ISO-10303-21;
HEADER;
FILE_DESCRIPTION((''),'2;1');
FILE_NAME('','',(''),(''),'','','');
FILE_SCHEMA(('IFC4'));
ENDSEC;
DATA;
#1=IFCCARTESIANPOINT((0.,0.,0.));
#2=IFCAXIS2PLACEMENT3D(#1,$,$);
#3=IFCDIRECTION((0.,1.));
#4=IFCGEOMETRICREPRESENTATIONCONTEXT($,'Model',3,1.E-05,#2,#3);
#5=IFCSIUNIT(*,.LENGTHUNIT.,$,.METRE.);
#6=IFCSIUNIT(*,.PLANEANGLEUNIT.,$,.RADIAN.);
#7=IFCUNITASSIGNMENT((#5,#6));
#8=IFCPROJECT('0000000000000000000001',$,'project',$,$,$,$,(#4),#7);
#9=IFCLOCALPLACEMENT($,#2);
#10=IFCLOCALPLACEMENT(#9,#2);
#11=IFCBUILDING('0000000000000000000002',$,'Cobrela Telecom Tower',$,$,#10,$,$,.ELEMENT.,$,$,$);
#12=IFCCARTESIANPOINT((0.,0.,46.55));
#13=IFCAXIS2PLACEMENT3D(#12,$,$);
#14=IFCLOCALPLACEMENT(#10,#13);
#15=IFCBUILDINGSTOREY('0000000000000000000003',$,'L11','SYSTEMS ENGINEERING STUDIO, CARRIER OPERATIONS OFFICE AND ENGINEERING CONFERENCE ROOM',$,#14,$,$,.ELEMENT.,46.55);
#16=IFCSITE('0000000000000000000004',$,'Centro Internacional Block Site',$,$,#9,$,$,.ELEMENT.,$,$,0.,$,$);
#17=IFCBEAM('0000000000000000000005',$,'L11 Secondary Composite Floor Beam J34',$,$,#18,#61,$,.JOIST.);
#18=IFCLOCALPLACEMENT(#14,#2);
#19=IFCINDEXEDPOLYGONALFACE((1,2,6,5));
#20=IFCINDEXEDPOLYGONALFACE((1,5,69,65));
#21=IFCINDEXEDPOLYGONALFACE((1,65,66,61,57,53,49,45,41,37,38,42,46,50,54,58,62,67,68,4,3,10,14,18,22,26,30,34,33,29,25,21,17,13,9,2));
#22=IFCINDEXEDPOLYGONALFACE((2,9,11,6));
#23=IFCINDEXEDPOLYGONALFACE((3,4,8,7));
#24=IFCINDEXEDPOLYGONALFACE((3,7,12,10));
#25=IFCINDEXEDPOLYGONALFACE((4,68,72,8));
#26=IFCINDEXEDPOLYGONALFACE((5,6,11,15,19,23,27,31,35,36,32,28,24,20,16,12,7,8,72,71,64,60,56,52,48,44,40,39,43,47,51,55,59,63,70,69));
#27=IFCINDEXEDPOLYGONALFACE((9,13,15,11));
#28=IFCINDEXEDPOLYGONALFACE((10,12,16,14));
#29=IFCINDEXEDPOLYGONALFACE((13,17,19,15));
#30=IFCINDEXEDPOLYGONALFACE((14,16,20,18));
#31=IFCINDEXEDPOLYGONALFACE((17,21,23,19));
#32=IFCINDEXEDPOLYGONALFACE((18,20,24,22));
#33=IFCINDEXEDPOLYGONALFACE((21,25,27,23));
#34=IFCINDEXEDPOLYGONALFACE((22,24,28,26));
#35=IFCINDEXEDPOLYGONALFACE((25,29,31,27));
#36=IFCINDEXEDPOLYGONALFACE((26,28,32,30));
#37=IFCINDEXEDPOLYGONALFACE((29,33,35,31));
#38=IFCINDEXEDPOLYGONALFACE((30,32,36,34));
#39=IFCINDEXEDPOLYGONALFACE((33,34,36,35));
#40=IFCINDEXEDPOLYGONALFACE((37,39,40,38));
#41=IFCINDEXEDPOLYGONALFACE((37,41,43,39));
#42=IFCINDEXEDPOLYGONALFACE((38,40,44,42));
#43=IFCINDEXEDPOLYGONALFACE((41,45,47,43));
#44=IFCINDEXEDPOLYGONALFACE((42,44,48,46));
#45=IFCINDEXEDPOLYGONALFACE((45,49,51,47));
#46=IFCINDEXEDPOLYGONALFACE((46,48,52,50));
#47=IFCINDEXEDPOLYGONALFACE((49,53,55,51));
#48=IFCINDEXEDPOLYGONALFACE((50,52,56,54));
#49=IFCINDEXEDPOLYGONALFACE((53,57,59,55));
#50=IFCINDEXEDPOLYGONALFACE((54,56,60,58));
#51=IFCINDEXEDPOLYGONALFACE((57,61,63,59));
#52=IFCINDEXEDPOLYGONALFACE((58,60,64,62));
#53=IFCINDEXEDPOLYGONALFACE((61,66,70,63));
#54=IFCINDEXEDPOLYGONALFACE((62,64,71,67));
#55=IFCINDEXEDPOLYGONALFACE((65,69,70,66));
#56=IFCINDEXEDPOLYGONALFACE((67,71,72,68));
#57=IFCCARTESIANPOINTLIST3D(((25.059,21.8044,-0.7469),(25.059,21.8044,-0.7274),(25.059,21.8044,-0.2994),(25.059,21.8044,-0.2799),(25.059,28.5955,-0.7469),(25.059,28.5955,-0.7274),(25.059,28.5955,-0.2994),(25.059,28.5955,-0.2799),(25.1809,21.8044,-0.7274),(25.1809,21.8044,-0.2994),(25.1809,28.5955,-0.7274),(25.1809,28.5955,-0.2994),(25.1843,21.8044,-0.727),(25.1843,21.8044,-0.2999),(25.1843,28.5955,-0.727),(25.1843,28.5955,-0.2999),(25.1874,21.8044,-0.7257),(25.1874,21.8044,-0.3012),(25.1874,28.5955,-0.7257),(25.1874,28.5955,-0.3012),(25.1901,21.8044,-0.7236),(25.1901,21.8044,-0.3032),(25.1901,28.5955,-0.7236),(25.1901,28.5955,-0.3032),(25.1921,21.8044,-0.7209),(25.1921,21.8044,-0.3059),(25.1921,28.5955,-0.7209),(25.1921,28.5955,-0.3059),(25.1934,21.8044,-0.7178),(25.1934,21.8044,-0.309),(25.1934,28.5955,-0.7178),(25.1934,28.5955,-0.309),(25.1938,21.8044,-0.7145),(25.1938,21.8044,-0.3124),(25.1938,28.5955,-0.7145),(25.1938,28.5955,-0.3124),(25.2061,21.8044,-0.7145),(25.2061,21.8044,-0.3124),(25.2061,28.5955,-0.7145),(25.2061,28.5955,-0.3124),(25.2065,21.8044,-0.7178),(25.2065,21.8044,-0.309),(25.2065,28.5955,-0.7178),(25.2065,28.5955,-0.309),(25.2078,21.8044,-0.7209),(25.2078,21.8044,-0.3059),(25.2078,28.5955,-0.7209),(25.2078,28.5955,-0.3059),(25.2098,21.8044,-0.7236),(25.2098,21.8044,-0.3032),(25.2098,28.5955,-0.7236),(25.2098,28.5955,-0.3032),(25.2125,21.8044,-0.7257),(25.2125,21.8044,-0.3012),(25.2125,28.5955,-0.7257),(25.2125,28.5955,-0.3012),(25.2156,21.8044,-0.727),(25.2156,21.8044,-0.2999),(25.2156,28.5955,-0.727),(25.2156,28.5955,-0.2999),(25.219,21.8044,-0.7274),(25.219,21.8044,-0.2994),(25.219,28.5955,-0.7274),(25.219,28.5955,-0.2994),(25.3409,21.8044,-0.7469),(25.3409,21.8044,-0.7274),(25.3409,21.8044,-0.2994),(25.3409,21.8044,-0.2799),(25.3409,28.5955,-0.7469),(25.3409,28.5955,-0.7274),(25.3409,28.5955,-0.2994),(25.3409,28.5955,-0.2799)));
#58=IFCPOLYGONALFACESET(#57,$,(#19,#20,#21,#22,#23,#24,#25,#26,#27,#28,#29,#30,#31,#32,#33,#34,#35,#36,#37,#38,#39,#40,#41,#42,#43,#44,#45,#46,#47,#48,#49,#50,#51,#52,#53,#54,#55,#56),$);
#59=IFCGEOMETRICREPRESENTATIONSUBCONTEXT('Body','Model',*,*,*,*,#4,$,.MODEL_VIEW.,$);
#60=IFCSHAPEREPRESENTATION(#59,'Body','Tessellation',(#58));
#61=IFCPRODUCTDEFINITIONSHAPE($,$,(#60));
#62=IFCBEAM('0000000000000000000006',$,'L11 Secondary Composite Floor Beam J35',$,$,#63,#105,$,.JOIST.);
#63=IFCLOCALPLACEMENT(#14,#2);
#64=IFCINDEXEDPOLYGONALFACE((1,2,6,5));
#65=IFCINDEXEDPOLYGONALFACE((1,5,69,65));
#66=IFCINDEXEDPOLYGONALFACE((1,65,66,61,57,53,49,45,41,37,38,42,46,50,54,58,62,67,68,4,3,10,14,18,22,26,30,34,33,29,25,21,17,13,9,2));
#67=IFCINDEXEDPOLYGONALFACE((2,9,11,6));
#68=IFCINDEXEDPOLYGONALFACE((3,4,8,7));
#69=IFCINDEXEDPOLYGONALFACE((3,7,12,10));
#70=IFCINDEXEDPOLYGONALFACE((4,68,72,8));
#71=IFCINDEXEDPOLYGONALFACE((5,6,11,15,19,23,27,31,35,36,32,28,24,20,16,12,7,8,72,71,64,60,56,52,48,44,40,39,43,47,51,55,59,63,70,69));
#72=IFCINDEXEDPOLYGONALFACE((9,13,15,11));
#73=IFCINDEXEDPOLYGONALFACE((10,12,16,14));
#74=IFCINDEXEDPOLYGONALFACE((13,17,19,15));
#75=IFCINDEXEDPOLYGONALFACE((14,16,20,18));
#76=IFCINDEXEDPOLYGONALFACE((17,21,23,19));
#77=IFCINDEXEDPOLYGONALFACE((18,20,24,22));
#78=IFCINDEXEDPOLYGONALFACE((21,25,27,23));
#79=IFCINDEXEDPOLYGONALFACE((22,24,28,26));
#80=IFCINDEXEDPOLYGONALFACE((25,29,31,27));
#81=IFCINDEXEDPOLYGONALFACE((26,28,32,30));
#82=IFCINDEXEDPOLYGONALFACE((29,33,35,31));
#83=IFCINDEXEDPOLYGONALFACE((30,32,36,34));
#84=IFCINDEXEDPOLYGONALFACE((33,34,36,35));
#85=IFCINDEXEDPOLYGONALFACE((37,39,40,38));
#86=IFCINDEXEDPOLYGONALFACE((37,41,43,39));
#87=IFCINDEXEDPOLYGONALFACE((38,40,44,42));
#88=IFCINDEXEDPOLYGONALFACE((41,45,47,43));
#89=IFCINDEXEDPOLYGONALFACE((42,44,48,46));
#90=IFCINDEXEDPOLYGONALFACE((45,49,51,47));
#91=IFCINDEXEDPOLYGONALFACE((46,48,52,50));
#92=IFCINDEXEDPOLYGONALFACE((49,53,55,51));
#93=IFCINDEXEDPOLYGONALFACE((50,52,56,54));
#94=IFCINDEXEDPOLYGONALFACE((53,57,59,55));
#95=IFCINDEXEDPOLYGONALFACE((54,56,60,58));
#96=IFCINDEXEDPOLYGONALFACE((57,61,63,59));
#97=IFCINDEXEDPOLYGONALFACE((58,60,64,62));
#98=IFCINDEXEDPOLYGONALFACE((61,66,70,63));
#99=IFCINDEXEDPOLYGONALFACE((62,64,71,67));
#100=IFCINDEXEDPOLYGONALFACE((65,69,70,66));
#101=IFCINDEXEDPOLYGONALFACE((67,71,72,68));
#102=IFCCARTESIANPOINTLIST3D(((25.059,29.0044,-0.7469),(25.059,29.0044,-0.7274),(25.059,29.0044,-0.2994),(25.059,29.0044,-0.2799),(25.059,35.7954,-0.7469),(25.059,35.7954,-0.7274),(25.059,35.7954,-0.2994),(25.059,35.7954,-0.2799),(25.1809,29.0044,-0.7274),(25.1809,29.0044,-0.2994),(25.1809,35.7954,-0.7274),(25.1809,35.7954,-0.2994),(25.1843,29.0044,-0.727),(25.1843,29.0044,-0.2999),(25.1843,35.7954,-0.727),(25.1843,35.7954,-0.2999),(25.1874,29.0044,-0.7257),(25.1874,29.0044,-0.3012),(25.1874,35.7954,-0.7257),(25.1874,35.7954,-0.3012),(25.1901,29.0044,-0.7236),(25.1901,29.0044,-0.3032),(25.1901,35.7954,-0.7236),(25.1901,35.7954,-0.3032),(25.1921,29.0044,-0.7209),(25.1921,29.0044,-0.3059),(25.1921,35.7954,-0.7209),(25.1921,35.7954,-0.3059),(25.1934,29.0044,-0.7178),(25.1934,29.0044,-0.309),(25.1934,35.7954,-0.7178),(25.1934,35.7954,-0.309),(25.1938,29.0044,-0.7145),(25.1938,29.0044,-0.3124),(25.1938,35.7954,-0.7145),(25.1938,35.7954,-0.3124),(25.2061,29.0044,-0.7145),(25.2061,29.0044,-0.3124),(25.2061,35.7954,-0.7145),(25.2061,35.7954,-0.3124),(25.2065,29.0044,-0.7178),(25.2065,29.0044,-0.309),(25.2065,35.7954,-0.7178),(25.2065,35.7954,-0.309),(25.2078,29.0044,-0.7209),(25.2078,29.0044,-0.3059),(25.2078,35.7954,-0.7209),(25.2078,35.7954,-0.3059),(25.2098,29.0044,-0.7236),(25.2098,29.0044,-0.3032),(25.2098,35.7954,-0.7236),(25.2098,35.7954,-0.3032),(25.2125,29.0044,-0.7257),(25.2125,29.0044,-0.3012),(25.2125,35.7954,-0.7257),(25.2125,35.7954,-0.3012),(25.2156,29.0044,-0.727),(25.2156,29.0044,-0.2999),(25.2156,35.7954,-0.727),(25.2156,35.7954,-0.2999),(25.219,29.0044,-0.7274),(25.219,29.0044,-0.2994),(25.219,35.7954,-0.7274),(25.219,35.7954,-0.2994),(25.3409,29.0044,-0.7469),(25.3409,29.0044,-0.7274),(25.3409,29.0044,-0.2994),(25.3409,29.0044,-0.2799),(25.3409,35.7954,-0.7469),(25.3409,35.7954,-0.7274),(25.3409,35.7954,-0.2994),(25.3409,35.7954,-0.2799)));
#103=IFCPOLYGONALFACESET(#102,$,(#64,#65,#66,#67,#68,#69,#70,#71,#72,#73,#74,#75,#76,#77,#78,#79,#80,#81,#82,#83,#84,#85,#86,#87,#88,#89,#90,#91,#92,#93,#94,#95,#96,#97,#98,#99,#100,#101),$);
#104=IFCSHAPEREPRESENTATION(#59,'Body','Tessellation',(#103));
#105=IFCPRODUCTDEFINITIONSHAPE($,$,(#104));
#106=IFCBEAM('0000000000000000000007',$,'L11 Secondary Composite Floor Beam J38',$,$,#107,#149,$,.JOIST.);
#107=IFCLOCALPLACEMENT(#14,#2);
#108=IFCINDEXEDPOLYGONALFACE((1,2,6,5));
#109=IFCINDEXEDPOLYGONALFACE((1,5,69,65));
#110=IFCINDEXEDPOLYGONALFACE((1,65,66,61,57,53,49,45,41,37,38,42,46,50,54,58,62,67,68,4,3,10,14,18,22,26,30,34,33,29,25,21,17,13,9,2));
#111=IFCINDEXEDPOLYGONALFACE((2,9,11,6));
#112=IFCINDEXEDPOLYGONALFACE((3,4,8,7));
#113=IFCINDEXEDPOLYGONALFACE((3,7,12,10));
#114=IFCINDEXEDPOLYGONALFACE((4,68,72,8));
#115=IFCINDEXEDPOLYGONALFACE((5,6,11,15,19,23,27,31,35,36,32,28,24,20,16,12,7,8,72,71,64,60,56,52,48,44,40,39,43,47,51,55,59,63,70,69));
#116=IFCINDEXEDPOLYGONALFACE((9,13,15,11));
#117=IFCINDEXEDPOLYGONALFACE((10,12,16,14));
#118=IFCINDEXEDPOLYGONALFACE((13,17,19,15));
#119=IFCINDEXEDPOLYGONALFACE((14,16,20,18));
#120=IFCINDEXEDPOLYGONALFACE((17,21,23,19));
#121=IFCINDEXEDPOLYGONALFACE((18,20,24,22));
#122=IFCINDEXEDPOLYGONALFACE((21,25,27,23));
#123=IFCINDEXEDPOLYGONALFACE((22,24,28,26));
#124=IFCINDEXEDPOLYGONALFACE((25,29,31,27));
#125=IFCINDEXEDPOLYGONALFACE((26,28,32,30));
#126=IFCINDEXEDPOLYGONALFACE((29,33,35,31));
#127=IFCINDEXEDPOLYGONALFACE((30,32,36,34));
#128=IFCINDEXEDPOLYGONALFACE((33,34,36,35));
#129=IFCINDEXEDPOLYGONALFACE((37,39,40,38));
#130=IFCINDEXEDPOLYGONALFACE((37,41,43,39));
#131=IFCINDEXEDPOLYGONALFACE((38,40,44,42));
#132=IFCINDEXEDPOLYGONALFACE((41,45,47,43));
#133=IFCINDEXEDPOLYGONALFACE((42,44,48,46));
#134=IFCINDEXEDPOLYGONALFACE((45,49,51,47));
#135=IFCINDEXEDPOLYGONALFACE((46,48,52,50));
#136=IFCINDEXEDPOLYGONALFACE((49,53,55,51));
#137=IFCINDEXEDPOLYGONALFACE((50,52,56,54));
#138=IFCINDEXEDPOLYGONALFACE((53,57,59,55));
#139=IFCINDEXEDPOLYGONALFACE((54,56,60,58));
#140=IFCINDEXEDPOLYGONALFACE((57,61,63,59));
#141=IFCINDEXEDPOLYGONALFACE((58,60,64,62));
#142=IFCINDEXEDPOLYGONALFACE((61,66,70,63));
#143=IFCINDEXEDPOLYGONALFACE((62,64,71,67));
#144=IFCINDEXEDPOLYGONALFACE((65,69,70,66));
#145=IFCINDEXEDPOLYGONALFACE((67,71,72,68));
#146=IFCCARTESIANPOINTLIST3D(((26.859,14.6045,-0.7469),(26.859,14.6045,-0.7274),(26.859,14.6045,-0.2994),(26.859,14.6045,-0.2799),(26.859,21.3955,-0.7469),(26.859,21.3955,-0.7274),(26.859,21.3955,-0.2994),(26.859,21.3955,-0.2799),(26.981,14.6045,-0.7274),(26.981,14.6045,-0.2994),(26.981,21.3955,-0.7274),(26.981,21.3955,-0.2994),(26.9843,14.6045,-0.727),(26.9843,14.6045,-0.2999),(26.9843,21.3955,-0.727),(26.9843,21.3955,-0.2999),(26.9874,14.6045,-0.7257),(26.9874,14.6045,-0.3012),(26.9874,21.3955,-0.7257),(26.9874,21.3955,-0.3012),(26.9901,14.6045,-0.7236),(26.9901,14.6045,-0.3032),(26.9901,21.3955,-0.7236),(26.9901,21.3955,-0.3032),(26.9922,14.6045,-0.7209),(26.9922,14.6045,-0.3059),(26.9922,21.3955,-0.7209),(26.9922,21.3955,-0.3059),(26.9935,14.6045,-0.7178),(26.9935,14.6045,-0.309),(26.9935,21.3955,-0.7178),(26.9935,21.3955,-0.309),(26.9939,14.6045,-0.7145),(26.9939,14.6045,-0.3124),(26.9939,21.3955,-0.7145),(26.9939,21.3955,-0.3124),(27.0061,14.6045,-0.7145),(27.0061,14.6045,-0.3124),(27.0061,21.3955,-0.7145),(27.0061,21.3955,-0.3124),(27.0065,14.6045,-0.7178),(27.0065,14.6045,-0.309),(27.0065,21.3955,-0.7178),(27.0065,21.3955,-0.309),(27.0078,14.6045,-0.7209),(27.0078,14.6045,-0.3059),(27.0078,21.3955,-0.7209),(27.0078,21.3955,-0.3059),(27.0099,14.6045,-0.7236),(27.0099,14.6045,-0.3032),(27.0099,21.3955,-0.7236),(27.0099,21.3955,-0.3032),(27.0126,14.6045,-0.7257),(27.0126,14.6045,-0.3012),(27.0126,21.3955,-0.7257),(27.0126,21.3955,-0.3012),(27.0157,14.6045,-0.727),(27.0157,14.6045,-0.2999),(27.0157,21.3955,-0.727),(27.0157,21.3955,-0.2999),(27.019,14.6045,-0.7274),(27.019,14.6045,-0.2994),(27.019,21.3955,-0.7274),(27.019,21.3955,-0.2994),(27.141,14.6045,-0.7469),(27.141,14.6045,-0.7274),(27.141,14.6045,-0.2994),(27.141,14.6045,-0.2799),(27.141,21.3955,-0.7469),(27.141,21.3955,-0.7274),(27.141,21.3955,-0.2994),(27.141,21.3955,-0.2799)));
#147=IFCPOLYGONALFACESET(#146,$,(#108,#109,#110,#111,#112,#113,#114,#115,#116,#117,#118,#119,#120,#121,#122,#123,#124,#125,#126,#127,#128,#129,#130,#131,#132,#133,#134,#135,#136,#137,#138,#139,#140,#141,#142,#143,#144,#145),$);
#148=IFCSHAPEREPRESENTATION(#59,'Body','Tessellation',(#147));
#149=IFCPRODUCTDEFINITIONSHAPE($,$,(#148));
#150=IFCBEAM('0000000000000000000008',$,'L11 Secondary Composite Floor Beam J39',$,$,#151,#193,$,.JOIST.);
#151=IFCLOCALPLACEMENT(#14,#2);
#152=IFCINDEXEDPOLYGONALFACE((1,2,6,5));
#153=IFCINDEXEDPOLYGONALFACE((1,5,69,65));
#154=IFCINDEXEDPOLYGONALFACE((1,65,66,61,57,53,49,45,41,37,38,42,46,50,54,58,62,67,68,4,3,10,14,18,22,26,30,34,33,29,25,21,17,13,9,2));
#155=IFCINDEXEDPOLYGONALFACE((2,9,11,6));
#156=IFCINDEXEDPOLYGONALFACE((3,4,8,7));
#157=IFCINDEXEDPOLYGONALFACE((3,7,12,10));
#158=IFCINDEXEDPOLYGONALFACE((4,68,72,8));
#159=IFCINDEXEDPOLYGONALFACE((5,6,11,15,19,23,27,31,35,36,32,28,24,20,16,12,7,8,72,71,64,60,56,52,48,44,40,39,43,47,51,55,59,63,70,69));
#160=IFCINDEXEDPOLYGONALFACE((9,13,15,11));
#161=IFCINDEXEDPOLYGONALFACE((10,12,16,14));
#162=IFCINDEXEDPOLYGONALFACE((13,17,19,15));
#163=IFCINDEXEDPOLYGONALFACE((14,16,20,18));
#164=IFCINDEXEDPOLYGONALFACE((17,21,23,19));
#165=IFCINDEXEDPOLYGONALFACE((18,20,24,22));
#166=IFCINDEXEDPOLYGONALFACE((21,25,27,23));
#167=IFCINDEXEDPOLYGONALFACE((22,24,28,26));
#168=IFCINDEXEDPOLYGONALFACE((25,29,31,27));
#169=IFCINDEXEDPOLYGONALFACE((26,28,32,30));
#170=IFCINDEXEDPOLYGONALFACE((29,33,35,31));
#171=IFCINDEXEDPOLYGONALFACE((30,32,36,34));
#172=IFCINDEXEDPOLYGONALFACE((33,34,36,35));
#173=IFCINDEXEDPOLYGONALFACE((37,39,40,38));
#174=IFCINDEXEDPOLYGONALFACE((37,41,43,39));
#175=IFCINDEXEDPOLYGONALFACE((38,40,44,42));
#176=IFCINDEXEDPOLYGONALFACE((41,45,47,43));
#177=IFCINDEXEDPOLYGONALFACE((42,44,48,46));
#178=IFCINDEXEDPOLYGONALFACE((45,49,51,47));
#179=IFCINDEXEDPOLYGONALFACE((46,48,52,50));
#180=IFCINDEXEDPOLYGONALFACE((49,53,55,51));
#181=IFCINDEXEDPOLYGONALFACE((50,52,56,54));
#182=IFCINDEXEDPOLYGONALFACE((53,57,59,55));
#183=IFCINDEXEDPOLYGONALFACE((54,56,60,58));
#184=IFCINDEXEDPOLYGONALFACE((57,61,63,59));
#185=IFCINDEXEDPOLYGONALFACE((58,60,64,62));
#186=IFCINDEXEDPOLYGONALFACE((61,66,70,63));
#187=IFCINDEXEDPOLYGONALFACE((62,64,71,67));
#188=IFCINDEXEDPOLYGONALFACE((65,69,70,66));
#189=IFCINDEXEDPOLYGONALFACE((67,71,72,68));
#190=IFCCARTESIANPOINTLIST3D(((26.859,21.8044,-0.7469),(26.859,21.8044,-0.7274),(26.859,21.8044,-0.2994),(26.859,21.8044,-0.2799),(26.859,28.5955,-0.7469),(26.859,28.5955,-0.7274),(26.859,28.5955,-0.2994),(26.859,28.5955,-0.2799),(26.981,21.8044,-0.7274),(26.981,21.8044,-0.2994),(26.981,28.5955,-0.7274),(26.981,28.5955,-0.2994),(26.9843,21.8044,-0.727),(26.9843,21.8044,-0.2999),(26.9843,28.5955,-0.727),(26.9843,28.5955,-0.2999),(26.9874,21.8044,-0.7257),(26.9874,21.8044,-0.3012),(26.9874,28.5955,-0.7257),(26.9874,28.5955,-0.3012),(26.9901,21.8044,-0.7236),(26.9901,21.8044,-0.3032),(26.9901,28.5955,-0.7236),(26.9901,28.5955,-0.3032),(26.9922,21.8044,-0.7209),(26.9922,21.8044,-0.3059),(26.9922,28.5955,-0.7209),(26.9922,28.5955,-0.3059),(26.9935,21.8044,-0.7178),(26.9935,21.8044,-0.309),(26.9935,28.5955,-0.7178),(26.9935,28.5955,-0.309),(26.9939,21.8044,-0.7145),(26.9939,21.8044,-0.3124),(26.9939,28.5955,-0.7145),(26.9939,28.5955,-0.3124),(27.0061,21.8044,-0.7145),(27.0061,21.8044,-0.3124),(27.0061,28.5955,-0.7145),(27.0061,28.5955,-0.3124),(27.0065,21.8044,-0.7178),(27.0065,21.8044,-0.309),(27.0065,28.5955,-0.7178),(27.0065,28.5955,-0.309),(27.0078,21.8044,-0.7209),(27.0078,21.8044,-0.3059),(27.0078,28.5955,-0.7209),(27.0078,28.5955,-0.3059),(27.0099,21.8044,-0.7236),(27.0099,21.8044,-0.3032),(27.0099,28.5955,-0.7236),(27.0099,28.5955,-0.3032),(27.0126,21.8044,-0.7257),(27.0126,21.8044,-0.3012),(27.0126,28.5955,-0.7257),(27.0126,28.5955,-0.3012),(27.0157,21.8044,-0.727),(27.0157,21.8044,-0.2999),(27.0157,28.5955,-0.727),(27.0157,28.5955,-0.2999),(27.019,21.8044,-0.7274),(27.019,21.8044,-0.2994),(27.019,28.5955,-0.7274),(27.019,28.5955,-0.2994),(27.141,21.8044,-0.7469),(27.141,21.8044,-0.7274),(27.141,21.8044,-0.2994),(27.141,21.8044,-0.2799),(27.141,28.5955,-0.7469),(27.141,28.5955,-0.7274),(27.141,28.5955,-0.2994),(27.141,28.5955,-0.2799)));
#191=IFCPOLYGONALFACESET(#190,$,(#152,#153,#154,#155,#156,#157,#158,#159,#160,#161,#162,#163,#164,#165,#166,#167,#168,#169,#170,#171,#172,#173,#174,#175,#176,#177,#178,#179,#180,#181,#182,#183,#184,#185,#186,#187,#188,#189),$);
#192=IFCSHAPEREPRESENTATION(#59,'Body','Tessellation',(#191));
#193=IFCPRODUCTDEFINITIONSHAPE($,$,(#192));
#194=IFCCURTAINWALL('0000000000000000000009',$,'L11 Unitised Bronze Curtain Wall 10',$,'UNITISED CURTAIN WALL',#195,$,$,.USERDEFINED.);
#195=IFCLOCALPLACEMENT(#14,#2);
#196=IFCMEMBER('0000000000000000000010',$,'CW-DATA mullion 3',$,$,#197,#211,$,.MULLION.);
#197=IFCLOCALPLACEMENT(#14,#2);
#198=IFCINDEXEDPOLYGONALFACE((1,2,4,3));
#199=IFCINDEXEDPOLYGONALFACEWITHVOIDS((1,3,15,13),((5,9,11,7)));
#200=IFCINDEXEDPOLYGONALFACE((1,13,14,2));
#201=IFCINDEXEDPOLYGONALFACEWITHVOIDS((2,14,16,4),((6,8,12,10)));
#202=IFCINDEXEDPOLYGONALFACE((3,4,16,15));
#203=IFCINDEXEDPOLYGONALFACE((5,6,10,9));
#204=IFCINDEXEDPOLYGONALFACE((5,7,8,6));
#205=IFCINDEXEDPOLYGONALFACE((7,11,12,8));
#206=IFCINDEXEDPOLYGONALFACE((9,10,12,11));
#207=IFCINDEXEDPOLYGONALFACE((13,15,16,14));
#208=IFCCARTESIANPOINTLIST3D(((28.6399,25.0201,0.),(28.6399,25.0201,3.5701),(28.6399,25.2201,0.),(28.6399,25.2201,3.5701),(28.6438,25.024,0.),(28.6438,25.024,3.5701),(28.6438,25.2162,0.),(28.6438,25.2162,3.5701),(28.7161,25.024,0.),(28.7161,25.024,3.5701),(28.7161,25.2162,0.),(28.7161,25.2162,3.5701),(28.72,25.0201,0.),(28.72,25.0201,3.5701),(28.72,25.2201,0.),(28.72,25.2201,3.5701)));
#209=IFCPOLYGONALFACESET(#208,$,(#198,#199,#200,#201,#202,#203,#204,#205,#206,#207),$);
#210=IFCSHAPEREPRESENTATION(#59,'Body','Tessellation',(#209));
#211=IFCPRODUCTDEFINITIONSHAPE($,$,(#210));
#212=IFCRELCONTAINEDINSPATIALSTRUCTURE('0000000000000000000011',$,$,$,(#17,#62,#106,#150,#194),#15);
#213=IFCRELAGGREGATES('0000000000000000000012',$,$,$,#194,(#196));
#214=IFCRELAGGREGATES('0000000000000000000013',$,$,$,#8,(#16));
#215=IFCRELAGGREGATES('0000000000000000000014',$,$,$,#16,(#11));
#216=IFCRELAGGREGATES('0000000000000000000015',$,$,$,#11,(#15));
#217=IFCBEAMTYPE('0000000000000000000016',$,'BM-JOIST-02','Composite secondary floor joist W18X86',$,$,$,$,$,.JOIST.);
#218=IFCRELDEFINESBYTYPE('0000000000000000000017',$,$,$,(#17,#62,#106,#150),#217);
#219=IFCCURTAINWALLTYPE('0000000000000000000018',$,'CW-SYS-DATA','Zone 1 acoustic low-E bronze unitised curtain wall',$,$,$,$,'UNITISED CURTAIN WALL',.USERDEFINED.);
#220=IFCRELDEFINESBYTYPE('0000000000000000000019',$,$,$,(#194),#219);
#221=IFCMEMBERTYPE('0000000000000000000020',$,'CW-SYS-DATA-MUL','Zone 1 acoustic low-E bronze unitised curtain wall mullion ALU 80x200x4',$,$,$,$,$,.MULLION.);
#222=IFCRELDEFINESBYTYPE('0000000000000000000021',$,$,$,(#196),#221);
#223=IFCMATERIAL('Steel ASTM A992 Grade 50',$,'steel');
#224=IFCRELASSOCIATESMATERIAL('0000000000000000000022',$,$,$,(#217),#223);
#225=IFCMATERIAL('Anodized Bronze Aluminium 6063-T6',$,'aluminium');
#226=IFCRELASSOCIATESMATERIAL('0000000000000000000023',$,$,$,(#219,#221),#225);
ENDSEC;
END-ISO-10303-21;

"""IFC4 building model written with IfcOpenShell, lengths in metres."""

from ifc_helpers import new_model, si_unit, direction, frame, origin, origin_2d, place, context, subcontext, project, spatial, hollow_rectangle, i_section, extrude, material, material_profile, profile_set, type_object, element, aggregate, save


model = new_model("IFC4")

# Units and contexts
model_context = context("Model", 3, precision=1e-05, world=origin(), true_north=direction((0.0, 1.0)))
body_context = subcontext(model_context, "Body", "Model", "MODEL_VIEW")
ifc_project = project(units=[si_unit("LENGTHUNIT", "METRE"), si_unit("PLANEANGLEUNIT", "RADIAN")], contexts=[model_context])

# Site, building, storey
site_placement = place(None, origin())
site = spatial("IfcSite", under=ifc_project, at=site_placement, Name="Centro Internacional Block Site", CompositionType="ELEMENT", RefElevation=0.0)
building_placement = place(site_placement, origin())
building = spatial("IfcBuilding", under=site, at=building_placement, Name="Cobrela Telecom Tower", CompositionType="ELEMENT")
storey_placement = place(building_placement, frame((0.0, 0.0, 46.55)))
storey = spatial("IfcBuildingStorey", under=building, at=storey_placement, Name="L11", Description="SYSTEMS ENGINEERING STUDIO, CARRIER OPERATIONS OFFICE AND ENGINEERING CONFERENCE ROOM", CompositionType="ELEMENT", Elevation=46.55)

# Shared definitions
ifc_material_1 = material(Name="Steel ASTM A992 Grade 50", Category="steel")

# Beams
ifc_material_profile_1 = material_profile(ifc_material_1, i_section(OverallWidth=0.282, OverallDepth=0.467, WebThickness=0.0122, FlangeThickness=0.0195, FilletRadius=0.0129, at=origin_2d()), Name="W18X86")
ifc_profile_set_1 = profile_set([ifc_material_profile_1], Name="Steel ASTM A992 Grade 50")
beam_type_1 = type_object("IfcBeamType", Name="BM-JOIST-02", Description="Composite secondary floor joist W18X86", PredefinedType="JOIST", material=ifc_profile_set_1)
for number, where, z_axis, x_axis, name in (
    (1, (25.2, 21.8044, -0.5134), (0.0, 1.0, 0.0), (-1.0, 0.0, 0.0), "L11 Secondary Composite Floor Beam J34"),
    (2, (25.2, 29.0044, -0.5134), (0.0, 1.0, 0.0), (-1.0, 0.0, 0.0), "L11 Secondary Composite Floor Beam J35"),
    (3, (27.0, 14.6045, -0.5134), (0.0, 1.0, 0.0), (-1.0, 0.0, 0.0), "L11 Secondary Composite Floor Beam J38"),
    (4, (27.0, 21.8044, -0.5134), (0.0, 1.0, 0.0), (-1.0, 0.0, 0.0), "L11 Secondary Composite Floor Beam J39"),
):
    element("IfcBeam", number, at=place(storey_placement, frame(where, z_axis=z_axis, x_axis=x_axis)), inside=storey, type_object=beam_type_1, Name=name, PredefinedType="JOIST", context=body_context, shape_type="SweptSolid", body=[
        extrude(i_section(OverallWidth=0.282, OverallDepth=0.467, WebThickness=0.0122, FlangeThickness=0.0195, FilletRadius=0.0129, at=origin_2d()), origin(), (0.0, 0.0, 1.0), 6.791),
    ])

# Curtain wall, member
ifc_material_2 = material(Name="Anodized Bronze Aluminium 6063-T6", Category="aluminium")
curtain_wall_type = type_object("IfcCurtainWallType", Name="CW-SYS-DATA", Description="Zone 1 acoustic low-E bronze unitised curtain wall", ElementType="UNITISED CURTAIN WALL", PredefinedType="USERDEFINED", material=ifc_material_2)
curtain_wall_placement = place(storey_placement, origin())
curtain_wall = element("IfcCurtainWall", 5, at=curtain_wall_placement, inside=storey, type_object=curtain_wall_type, Name="L11 Unitised Bronze Curtain Wall 10", ObjectType="UNITISED CURTAIN WALL", PredefinedType="USERDEFINED")
ifc_material_profile_2 = material_profile(ifc_material_2, hollow_rectangle(XDim=0.0801, YDim=0.2, WallThickness=0.0039, at=origin_2d()), Name="ALU 80x200x4")
ifc_profile_set_2 = profile_set([ifc_material_profile_2], Name="Anodized Bronze Aluminium 6063-T6")
member_type = type_object("IfcMemberType", Name="CW-SYS-DATA-MUL", Description="Zone 1 acoustic low-E bronze unitised curtain wall mullion ALU 80x200x4", PredefinedType="MULLION", material=ifc_profile_set_2)
member_placement = place(storey_placement, frame((28.6799, 25.1201, 0.0), z_axis=(0.0, 0.0, 1.0), x_axis=(1.0, 0.0, 0.0)))
member = element("IfcMember", 6, at=member_placement, type_object=member_type, Name="CW-DATA mullion 3", PredefinedType="MULLION", context=body_context, shape_type="SweptSolid", body=[
    extrude(hollow_rectangle(XDim=0.0801, YDim=0.2, WallThickness=0.0039, at=origin_2d()), origin(), (0.0, 0.0, 1.0), 3.5701),
])
aggregate(curtain_wall, [member])

save(model, "model.ifc")
